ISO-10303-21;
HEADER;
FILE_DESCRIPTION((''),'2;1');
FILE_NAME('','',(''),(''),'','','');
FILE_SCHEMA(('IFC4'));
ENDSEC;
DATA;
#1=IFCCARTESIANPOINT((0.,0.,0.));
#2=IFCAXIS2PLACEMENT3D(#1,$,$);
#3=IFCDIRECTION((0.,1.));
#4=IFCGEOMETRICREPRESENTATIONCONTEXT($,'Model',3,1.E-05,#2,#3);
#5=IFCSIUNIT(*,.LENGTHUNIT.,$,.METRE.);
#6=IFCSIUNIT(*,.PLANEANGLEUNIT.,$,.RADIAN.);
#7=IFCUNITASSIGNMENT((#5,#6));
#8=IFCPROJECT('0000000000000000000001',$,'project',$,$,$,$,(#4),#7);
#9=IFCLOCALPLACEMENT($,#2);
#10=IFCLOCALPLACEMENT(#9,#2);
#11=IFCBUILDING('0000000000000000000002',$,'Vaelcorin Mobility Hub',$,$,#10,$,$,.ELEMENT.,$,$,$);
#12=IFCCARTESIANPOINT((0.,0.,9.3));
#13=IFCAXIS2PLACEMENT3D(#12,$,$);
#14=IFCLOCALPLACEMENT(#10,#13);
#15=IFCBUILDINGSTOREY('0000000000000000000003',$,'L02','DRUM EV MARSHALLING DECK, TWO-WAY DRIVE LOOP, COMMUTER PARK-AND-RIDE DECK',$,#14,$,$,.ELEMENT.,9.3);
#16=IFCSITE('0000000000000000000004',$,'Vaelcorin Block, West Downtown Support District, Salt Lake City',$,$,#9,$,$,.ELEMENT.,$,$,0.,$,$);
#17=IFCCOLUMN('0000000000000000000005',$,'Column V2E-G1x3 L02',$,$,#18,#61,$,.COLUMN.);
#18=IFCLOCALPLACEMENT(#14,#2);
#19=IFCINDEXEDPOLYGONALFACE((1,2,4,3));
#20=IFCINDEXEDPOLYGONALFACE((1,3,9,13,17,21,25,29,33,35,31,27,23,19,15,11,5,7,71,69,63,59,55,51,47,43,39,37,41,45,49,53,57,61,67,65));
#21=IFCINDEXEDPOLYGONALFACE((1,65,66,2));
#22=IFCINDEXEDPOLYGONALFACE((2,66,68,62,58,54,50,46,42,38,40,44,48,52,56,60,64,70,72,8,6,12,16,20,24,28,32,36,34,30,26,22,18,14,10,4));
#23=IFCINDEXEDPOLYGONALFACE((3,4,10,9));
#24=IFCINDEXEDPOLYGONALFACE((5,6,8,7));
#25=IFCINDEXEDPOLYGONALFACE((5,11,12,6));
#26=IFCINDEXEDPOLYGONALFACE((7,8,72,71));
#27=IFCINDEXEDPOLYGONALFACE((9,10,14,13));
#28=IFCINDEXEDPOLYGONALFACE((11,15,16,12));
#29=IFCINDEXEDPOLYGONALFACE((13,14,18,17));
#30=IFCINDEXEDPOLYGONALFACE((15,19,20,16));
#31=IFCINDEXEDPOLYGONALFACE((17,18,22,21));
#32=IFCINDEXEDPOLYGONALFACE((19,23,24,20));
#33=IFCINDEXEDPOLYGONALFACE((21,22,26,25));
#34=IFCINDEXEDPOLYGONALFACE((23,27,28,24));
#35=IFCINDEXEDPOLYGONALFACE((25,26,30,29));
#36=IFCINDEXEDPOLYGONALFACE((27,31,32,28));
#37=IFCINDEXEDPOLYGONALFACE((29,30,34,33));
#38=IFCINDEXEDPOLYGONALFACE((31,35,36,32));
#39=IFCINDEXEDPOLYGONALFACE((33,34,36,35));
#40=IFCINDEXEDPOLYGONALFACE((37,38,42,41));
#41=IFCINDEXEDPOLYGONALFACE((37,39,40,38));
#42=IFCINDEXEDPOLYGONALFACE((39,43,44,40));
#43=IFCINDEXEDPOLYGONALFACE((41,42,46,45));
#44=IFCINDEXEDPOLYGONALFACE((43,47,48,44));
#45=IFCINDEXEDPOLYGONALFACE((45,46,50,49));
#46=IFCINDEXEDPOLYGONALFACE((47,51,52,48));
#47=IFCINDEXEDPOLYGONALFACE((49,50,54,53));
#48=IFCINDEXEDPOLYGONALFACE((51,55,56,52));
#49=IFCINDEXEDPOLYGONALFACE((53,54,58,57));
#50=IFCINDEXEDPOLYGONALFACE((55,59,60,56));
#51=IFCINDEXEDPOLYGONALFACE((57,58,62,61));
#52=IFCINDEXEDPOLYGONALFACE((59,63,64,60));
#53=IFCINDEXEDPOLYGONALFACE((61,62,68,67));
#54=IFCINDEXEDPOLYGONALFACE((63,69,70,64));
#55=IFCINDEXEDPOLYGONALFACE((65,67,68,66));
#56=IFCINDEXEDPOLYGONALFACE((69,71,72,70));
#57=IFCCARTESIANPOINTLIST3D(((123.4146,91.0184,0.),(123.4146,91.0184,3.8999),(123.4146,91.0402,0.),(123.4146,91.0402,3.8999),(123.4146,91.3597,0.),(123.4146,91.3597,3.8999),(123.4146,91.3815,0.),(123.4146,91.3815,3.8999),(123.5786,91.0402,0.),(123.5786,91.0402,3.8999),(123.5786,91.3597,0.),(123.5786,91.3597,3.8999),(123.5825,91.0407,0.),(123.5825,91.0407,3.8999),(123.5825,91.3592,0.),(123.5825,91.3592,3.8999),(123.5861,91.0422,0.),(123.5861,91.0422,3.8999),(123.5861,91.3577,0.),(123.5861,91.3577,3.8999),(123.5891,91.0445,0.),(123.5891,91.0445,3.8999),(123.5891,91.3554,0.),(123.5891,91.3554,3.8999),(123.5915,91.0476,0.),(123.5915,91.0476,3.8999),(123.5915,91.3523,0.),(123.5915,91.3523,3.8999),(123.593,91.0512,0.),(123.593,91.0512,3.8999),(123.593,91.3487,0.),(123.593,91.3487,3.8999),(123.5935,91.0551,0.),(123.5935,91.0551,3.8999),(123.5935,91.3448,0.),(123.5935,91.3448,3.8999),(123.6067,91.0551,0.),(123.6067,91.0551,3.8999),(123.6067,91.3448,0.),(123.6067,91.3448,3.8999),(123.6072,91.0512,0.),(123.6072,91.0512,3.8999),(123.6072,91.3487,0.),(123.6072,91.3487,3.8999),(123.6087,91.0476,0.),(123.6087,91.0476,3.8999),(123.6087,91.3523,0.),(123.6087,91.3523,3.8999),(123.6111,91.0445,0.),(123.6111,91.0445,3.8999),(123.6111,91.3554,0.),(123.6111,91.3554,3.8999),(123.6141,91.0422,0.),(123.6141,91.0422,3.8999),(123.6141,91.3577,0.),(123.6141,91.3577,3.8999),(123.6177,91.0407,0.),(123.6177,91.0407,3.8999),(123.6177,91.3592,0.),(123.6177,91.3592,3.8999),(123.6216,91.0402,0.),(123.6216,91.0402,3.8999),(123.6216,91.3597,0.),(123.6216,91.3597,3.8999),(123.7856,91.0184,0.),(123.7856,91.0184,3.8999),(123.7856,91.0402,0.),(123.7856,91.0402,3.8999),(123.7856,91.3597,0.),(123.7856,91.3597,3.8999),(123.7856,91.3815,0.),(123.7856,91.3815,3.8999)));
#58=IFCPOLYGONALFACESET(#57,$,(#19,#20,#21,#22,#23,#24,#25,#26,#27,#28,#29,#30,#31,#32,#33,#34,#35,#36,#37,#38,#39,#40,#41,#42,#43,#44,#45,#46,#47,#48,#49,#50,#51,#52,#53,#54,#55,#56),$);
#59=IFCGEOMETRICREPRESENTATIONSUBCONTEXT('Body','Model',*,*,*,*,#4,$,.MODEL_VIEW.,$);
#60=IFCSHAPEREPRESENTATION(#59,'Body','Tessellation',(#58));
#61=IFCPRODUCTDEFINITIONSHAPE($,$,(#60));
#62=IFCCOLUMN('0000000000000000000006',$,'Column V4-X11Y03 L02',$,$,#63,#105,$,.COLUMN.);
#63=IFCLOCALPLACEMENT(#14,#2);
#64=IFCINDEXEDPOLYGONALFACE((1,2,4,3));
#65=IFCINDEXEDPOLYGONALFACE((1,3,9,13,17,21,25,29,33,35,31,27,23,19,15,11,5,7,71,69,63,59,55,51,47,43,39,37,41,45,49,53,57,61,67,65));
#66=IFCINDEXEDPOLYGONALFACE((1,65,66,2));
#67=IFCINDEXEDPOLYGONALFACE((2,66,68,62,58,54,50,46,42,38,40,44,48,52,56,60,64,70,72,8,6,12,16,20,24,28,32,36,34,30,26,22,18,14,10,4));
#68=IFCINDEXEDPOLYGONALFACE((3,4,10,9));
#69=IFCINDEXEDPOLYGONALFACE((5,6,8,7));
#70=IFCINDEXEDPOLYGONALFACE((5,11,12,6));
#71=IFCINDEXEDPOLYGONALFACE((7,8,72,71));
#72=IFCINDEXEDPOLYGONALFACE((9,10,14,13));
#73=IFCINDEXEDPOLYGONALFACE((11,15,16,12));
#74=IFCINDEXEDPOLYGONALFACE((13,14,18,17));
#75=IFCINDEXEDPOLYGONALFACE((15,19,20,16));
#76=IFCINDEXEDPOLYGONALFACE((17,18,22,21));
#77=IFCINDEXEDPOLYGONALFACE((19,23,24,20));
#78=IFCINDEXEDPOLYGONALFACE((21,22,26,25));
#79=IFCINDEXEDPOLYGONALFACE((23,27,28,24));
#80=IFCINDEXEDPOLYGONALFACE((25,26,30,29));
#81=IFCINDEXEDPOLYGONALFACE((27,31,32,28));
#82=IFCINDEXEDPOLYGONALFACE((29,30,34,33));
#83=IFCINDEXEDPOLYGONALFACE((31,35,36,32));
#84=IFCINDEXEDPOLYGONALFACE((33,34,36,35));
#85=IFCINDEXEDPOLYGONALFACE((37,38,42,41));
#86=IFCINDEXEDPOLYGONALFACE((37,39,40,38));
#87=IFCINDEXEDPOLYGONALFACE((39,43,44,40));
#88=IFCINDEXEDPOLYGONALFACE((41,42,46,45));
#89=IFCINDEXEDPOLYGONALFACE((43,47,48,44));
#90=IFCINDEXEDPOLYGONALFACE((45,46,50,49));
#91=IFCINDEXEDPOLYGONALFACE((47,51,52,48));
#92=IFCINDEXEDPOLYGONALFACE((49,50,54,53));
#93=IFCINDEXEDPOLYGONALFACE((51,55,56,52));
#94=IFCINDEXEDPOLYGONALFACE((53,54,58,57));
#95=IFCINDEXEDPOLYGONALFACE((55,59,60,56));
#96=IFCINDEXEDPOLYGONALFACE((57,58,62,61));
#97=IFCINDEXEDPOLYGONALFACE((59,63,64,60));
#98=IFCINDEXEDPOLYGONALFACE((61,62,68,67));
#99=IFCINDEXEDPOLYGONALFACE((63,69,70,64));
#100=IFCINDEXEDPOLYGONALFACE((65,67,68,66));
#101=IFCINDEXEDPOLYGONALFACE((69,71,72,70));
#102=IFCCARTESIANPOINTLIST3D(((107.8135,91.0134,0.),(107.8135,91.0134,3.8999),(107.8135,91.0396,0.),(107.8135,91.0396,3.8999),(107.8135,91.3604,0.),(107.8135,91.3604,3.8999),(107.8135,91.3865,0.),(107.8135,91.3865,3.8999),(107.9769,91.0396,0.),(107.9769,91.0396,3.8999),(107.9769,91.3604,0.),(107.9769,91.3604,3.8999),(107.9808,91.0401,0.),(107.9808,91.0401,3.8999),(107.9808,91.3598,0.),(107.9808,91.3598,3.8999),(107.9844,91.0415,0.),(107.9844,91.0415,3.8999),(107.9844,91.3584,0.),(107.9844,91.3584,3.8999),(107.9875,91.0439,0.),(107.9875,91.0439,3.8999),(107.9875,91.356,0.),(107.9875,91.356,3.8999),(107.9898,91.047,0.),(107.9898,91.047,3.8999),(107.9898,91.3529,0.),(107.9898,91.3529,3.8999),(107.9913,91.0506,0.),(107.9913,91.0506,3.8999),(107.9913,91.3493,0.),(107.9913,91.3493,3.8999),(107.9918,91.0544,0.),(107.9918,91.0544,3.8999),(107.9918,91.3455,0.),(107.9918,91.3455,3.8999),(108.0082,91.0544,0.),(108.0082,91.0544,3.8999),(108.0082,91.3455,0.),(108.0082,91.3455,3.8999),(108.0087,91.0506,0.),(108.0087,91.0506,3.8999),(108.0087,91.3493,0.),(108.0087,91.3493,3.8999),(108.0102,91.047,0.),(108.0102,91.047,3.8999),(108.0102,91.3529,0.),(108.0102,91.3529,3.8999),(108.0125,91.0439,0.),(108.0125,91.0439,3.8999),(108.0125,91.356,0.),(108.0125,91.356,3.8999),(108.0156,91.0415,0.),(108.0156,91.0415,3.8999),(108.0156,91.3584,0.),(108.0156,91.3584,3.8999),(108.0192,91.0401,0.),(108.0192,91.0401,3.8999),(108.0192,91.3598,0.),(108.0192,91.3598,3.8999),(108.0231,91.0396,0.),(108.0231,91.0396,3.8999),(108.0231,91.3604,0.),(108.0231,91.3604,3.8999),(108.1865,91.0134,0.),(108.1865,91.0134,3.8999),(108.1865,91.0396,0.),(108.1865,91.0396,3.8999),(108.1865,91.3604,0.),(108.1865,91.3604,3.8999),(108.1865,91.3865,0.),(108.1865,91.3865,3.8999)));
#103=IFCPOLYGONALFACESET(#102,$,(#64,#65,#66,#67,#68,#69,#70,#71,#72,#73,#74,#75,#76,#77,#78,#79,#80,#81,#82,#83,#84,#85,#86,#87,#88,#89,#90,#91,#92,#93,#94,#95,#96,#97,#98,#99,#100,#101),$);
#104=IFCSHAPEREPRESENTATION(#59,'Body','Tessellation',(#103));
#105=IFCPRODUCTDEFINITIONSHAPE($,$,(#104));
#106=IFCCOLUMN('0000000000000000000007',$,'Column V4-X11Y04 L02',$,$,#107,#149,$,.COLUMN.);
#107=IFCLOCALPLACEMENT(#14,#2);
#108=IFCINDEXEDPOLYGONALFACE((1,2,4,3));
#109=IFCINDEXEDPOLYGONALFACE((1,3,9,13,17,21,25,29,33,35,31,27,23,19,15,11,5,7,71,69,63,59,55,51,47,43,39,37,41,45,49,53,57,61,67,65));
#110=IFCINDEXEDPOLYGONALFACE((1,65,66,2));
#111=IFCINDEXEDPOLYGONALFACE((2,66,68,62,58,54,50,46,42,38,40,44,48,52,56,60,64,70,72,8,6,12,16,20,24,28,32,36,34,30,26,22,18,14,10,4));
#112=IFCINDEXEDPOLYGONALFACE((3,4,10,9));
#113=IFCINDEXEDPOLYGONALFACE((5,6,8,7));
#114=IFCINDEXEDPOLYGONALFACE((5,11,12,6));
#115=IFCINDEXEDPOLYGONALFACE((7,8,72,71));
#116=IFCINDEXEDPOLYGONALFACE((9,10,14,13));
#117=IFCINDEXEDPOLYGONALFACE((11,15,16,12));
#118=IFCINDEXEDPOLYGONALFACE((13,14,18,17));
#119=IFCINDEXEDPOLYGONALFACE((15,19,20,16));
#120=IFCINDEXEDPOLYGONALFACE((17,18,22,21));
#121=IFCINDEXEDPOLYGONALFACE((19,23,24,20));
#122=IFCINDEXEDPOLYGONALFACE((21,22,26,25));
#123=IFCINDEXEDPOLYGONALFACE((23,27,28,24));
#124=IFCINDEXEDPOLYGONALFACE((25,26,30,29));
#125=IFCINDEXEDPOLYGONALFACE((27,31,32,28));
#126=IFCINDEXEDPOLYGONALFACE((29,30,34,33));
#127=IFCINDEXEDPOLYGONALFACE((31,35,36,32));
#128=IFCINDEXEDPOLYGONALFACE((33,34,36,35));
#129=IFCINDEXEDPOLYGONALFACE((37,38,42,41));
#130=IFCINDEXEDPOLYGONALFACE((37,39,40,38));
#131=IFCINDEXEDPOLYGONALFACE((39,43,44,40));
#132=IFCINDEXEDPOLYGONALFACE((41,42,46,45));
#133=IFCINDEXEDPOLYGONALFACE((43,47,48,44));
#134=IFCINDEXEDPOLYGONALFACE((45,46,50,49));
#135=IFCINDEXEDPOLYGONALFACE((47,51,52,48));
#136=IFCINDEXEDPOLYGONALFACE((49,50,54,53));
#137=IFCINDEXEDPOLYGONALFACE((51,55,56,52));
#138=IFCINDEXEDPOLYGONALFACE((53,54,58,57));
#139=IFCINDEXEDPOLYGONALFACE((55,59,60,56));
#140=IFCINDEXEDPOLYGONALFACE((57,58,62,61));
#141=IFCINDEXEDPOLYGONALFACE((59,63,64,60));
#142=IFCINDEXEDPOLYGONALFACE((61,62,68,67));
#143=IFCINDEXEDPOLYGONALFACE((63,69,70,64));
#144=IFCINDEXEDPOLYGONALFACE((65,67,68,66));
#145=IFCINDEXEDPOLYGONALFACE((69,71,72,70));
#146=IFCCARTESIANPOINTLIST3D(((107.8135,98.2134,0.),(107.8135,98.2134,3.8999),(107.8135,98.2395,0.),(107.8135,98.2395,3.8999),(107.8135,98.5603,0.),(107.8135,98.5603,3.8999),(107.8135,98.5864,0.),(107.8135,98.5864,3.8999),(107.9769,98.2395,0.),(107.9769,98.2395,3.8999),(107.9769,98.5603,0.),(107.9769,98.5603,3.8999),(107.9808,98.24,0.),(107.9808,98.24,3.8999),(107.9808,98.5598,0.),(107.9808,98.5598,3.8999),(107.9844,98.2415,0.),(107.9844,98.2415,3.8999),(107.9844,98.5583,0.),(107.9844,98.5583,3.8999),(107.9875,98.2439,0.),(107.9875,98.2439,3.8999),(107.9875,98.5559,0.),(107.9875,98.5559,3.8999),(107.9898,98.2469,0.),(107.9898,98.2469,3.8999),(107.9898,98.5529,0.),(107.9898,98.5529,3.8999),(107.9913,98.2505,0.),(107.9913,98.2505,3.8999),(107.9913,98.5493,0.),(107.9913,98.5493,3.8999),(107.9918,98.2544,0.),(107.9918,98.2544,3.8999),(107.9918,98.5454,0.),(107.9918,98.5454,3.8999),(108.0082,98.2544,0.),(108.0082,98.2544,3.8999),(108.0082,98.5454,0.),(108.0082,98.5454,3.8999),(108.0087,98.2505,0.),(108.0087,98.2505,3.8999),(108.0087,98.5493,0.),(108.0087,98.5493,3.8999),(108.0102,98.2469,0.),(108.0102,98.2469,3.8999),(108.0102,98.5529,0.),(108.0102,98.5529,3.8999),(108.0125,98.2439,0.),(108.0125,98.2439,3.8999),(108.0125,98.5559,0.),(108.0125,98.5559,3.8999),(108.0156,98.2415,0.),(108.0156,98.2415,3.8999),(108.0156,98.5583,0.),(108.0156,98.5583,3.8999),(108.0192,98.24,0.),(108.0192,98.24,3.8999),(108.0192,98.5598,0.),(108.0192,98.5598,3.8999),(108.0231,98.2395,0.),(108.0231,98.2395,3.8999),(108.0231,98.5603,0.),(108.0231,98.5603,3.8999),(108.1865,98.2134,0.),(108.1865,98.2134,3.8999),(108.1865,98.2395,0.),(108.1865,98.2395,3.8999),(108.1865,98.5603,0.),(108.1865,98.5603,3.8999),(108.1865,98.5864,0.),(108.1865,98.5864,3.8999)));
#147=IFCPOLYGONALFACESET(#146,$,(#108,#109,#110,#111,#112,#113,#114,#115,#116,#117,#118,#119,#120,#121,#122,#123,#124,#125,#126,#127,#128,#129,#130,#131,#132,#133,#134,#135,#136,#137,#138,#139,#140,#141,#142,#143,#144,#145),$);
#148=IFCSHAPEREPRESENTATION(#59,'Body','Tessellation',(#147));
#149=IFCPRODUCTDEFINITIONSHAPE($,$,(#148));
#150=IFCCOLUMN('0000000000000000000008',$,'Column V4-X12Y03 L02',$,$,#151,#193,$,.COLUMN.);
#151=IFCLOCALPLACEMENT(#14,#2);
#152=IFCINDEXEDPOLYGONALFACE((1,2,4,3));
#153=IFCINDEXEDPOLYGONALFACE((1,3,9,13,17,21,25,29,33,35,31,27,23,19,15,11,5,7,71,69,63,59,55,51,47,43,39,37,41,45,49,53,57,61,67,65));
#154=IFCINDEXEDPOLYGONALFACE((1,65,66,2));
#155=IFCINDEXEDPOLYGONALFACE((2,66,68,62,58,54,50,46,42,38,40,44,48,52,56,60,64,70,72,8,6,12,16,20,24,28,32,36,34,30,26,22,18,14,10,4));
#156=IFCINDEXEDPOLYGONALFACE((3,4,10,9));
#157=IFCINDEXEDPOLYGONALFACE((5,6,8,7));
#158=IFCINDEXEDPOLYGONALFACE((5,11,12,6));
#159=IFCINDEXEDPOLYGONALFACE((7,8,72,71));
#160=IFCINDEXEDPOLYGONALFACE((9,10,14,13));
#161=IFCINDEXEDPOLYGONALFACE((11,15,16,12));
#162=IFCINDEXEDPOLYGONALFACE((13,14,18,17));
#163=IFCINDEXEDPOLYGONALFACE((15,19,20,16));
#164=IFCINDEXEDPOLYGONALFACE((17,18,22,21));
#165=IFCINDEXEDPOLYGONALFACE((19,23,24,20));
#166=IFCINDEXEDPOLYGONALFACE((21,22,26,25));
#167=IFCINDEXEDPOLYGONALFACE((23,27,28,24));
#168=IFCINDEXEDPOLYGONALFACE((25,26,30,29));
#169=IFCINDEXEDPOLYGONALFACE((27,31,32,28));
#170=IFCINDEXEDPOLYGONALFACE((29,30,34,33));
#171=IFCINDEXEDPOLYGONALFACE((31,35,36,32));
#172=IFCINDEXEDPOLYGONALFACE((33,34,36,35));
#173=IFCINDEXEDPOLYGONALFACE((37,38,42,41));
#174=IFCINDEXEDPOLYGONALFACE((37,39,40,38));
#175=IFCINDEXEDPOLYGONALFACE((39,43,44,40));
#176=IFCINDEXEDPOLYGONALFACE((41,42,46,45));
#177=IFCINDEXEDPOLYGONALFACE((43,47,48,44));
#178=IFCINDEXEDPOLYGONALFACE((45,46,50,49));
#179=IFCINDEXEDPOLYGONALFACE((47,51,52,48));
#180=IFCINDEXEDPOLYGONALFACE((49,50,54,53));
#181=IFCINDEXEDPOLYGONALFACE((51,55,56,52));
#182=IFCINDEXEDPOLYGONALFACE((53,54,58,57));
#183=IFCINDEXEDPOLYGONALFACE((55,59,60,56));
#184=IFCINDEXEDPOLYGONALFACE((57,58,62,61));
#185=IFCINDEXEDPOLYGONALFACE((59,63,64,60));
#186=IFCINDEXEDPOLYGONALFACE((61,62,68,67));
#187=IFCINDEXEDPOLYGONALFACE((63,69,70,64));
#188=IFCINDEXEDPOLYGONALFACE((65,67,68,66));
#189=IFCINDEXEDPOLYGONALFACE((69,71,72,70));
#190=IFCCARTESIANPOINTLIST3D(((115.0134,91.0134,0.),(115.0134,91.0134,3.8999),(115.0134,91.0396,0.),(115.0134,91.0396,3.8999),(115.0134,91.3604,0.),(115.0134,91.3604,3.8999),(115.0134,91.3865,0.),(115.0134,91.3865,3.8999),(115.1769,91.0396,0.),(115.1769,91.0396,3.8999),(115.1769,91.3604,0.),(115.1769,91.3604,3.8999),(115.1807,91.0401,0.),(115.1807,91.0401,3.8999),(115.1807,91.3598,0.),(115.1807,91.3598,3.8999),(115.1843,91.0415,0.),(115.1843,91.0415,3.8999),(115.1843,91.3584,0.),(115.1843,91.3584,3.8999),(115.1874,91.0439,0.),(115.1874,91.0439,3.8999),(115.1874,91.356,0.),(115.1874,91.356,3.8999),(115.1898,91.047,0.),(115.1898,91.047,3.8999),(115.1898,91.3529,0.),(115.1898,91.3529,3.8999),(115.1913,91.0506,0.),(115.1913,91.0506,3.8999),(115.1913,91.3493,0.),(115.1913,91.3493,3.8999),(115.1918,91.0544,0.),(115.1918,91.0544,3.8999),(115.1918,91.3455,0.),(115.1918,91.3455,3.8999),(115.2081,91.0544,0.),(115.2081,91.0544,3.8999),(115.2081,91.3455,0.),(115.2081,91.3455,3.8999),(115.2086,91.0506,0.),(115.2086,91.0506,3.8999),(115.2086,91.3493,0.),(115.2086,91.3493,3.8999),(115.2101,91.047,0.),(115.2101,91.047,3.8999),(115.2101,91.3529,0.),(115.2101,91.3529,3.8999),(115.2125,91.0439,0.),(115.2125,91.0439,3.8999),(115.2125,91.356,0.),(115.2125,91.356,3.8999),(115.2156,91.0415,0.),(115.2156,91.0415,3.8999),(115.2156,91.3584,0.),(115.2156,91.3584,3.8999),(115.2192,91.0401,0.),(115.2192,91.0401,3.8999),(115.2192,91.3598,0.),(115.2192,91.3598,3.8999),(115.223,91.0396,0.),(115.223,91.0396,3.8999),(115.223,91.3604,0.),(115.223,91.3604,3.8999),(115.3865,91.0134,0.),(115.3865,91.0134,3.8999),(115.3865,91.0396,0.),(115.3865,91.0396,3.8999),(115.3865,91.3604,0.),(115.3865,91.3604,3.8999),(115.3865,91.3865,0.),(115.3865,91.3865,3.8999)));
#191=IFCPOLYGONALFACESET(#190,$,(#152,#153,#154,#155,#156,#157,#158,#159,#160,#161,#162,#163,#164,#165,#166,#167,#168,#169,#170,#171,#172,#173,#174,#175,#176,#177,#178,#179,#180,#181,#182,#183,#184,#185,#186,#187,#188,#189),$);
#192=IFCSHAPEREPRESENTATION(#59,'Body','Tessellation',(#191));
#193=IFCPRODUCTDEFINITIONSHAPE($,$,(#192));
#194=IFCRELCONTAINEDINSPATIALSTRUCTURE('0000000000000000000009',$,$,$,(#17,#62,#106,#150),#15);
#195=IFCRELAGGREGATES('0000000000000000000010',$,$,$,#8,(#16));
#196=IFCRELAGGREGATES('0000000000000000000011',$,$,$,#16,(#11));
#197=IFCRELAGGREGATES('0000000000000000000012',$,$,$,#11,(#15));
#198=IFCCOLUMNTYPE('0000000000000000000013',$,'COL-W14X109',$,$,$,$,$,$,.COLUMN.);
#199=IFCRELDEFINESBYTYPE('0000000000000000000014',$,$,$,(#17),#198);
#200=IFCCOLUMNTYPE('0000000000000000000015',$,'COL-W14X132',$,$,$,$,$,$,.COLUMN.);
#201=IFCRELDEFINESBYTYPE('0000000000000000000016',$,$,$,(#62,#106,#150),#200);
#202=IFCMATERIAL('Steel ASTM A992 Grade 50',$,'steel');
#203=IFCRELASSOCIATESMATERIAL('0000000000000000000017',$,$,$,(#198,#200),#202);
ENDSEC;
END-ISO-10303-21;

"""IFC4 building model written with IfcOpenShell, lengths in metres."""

from ifc_helpers import new_model, si_unit, direction, frame, origin, origin_2d, place, context, subcontext, project, spatial, i_section, extrude, material, material_profile, profile_set, type_object, element, save


model = new_model("IFC4")

# Units and contexts
model_context = context("Model", 3, precision=1e-05, world=origin(), true_north=direction((0.0, 1.0)))
body_context = subcontext(model_context, "Body", "Model", "MODEL_VIEW")
ifc_project = project(units=[si_unit("LENGTHUNIT", "METRE"), si_unit("PLANEANGLEUNIT", "RADIAN")], contexts=[model_context])

# Site, building, storey
site_placement = place(None, origin())
site = spatial("IfcSite", under=ifc_project, at=site_placement, Name="Vaelcorin Block, West Downtown Support District, Salt Lake City", CompositionType="ELEMENT", RefElevation=0.0)
building_placement = place(site_placement, origin())
building = spatial("IfcBuilding", under=site, at=building_placement, Name="Vaelcorin Mobility Hub", CompositionType="ELEMENT")
storey_placement = place(building_placement, frame((0.0, 0.0, 9.3)))
storey = spatial("IfcBuildingStorey", under=building, at=storey_placement, Name="L02", Description="DRUM EV MARSHALLING DECK, TWO-WAY DRIVE LOOP, COMMUTER PARK-AND-RIDE DECK", CompositionType="ELEMENT", Elevation=9.3)

# Columns
ifc_material_1 = material(Name="Steel ASTM A992 Grade 50", Category="steel")
ifc_material_profile_1 = material_profile(ifc_material_1, i_section(OverallWidth=0.3711, OverallDepth=0.363, WebThickness=0.0132, FlangeThickness=0.0217, FilletRadius=0.0149, at=origin_2d()), Name="W14X109")
ifc_profile_set_1 = profile_set([ifc_material_profile_1], Name="Steel ASTM A992 Grade 50")
column_type_1 = type_object("IfcColumnType", Name="COL-W14X109", PredefinedType="COLUMN", material=ifc_profile_set_1)
column_placement = place(storey_placement, frame((123.6001, 91.2, 0.0), z_axis=(0.0, 0.0, 1.0), x_axis=(1.0, 0.0, 0.0)))
element("IfcColumn", 1, at=column_placement, inside=storey, type_object=column_type_1, Name="Column V2E-G1x3 L02", PredefinedType="COLUMN", context=body_context, shape_type="SweptSolid", body=[
    extrude(i_section(OverallWidth=0.3711, OverallDepth=0.363, WebThickness=0.0132, FlangeThickness=0.0217, FilletRadius=0.0149, at=origin_2d()), origin(), (0.0, 0.0, 1.0), 3.8999),
])
ifc_material_profile_2 = material_profile(ifc_material_1, i_section(OverallWidth=0.373, OverallDepth=0.373, WebThickness=0.0164, FlangeThickness=0.0261, FilletRadius=0.0149, at=origin_2d()), Name="W14X132")
ifc_profile_set_2 = profile_set([ifc_material_profile_2], Name="Steel ASTM A992 Grade 50")
column_type_2 = type_object("IfcColumnType", Name="COL-W14X132", PredefinedType="COLUMN", material=ifc_profile_set_2)
for number, where, z_axis, x_axis, name in (
    (2, (108.0, 91.2, 0.0), (0.0, 0.0, 1.0), (1.0, 0.0, 0.0), "Column V4-X11Y03 L02"),
    (3, (108.0, 98.3999, 0.0), (0.0, 0.0, 1.0), (1.0, 0.0, 0.0), "Column V4-X11Y04 L02"),
    (4, (115.2, 91.2, 0.0), (0.0, 0.0, 1.0), (1.0, 0.0, 0.0), "Column V4-X12Y03 L02"),
):
    element("IfcColumn", number, at=place(storey_placement, frame(where, z_axis=z_axis, x_axis=x_axis)), inside=storey, type_object=column_type_2, Name=name, PredefinedType="COLUMN", context=body_context, shape_type="SweptSolid", body=[
        extrude(i_section(OverallWidth=0.373, OverallDepth=0.373, WebThickness=0.0164, FlangeThickness=0.0261, FilletRadius=0.0149, at=origin_2d()), origin(), (0.0, 0.0, 1.0), 3.8999),
    ])

save(model, "model.ifc")
